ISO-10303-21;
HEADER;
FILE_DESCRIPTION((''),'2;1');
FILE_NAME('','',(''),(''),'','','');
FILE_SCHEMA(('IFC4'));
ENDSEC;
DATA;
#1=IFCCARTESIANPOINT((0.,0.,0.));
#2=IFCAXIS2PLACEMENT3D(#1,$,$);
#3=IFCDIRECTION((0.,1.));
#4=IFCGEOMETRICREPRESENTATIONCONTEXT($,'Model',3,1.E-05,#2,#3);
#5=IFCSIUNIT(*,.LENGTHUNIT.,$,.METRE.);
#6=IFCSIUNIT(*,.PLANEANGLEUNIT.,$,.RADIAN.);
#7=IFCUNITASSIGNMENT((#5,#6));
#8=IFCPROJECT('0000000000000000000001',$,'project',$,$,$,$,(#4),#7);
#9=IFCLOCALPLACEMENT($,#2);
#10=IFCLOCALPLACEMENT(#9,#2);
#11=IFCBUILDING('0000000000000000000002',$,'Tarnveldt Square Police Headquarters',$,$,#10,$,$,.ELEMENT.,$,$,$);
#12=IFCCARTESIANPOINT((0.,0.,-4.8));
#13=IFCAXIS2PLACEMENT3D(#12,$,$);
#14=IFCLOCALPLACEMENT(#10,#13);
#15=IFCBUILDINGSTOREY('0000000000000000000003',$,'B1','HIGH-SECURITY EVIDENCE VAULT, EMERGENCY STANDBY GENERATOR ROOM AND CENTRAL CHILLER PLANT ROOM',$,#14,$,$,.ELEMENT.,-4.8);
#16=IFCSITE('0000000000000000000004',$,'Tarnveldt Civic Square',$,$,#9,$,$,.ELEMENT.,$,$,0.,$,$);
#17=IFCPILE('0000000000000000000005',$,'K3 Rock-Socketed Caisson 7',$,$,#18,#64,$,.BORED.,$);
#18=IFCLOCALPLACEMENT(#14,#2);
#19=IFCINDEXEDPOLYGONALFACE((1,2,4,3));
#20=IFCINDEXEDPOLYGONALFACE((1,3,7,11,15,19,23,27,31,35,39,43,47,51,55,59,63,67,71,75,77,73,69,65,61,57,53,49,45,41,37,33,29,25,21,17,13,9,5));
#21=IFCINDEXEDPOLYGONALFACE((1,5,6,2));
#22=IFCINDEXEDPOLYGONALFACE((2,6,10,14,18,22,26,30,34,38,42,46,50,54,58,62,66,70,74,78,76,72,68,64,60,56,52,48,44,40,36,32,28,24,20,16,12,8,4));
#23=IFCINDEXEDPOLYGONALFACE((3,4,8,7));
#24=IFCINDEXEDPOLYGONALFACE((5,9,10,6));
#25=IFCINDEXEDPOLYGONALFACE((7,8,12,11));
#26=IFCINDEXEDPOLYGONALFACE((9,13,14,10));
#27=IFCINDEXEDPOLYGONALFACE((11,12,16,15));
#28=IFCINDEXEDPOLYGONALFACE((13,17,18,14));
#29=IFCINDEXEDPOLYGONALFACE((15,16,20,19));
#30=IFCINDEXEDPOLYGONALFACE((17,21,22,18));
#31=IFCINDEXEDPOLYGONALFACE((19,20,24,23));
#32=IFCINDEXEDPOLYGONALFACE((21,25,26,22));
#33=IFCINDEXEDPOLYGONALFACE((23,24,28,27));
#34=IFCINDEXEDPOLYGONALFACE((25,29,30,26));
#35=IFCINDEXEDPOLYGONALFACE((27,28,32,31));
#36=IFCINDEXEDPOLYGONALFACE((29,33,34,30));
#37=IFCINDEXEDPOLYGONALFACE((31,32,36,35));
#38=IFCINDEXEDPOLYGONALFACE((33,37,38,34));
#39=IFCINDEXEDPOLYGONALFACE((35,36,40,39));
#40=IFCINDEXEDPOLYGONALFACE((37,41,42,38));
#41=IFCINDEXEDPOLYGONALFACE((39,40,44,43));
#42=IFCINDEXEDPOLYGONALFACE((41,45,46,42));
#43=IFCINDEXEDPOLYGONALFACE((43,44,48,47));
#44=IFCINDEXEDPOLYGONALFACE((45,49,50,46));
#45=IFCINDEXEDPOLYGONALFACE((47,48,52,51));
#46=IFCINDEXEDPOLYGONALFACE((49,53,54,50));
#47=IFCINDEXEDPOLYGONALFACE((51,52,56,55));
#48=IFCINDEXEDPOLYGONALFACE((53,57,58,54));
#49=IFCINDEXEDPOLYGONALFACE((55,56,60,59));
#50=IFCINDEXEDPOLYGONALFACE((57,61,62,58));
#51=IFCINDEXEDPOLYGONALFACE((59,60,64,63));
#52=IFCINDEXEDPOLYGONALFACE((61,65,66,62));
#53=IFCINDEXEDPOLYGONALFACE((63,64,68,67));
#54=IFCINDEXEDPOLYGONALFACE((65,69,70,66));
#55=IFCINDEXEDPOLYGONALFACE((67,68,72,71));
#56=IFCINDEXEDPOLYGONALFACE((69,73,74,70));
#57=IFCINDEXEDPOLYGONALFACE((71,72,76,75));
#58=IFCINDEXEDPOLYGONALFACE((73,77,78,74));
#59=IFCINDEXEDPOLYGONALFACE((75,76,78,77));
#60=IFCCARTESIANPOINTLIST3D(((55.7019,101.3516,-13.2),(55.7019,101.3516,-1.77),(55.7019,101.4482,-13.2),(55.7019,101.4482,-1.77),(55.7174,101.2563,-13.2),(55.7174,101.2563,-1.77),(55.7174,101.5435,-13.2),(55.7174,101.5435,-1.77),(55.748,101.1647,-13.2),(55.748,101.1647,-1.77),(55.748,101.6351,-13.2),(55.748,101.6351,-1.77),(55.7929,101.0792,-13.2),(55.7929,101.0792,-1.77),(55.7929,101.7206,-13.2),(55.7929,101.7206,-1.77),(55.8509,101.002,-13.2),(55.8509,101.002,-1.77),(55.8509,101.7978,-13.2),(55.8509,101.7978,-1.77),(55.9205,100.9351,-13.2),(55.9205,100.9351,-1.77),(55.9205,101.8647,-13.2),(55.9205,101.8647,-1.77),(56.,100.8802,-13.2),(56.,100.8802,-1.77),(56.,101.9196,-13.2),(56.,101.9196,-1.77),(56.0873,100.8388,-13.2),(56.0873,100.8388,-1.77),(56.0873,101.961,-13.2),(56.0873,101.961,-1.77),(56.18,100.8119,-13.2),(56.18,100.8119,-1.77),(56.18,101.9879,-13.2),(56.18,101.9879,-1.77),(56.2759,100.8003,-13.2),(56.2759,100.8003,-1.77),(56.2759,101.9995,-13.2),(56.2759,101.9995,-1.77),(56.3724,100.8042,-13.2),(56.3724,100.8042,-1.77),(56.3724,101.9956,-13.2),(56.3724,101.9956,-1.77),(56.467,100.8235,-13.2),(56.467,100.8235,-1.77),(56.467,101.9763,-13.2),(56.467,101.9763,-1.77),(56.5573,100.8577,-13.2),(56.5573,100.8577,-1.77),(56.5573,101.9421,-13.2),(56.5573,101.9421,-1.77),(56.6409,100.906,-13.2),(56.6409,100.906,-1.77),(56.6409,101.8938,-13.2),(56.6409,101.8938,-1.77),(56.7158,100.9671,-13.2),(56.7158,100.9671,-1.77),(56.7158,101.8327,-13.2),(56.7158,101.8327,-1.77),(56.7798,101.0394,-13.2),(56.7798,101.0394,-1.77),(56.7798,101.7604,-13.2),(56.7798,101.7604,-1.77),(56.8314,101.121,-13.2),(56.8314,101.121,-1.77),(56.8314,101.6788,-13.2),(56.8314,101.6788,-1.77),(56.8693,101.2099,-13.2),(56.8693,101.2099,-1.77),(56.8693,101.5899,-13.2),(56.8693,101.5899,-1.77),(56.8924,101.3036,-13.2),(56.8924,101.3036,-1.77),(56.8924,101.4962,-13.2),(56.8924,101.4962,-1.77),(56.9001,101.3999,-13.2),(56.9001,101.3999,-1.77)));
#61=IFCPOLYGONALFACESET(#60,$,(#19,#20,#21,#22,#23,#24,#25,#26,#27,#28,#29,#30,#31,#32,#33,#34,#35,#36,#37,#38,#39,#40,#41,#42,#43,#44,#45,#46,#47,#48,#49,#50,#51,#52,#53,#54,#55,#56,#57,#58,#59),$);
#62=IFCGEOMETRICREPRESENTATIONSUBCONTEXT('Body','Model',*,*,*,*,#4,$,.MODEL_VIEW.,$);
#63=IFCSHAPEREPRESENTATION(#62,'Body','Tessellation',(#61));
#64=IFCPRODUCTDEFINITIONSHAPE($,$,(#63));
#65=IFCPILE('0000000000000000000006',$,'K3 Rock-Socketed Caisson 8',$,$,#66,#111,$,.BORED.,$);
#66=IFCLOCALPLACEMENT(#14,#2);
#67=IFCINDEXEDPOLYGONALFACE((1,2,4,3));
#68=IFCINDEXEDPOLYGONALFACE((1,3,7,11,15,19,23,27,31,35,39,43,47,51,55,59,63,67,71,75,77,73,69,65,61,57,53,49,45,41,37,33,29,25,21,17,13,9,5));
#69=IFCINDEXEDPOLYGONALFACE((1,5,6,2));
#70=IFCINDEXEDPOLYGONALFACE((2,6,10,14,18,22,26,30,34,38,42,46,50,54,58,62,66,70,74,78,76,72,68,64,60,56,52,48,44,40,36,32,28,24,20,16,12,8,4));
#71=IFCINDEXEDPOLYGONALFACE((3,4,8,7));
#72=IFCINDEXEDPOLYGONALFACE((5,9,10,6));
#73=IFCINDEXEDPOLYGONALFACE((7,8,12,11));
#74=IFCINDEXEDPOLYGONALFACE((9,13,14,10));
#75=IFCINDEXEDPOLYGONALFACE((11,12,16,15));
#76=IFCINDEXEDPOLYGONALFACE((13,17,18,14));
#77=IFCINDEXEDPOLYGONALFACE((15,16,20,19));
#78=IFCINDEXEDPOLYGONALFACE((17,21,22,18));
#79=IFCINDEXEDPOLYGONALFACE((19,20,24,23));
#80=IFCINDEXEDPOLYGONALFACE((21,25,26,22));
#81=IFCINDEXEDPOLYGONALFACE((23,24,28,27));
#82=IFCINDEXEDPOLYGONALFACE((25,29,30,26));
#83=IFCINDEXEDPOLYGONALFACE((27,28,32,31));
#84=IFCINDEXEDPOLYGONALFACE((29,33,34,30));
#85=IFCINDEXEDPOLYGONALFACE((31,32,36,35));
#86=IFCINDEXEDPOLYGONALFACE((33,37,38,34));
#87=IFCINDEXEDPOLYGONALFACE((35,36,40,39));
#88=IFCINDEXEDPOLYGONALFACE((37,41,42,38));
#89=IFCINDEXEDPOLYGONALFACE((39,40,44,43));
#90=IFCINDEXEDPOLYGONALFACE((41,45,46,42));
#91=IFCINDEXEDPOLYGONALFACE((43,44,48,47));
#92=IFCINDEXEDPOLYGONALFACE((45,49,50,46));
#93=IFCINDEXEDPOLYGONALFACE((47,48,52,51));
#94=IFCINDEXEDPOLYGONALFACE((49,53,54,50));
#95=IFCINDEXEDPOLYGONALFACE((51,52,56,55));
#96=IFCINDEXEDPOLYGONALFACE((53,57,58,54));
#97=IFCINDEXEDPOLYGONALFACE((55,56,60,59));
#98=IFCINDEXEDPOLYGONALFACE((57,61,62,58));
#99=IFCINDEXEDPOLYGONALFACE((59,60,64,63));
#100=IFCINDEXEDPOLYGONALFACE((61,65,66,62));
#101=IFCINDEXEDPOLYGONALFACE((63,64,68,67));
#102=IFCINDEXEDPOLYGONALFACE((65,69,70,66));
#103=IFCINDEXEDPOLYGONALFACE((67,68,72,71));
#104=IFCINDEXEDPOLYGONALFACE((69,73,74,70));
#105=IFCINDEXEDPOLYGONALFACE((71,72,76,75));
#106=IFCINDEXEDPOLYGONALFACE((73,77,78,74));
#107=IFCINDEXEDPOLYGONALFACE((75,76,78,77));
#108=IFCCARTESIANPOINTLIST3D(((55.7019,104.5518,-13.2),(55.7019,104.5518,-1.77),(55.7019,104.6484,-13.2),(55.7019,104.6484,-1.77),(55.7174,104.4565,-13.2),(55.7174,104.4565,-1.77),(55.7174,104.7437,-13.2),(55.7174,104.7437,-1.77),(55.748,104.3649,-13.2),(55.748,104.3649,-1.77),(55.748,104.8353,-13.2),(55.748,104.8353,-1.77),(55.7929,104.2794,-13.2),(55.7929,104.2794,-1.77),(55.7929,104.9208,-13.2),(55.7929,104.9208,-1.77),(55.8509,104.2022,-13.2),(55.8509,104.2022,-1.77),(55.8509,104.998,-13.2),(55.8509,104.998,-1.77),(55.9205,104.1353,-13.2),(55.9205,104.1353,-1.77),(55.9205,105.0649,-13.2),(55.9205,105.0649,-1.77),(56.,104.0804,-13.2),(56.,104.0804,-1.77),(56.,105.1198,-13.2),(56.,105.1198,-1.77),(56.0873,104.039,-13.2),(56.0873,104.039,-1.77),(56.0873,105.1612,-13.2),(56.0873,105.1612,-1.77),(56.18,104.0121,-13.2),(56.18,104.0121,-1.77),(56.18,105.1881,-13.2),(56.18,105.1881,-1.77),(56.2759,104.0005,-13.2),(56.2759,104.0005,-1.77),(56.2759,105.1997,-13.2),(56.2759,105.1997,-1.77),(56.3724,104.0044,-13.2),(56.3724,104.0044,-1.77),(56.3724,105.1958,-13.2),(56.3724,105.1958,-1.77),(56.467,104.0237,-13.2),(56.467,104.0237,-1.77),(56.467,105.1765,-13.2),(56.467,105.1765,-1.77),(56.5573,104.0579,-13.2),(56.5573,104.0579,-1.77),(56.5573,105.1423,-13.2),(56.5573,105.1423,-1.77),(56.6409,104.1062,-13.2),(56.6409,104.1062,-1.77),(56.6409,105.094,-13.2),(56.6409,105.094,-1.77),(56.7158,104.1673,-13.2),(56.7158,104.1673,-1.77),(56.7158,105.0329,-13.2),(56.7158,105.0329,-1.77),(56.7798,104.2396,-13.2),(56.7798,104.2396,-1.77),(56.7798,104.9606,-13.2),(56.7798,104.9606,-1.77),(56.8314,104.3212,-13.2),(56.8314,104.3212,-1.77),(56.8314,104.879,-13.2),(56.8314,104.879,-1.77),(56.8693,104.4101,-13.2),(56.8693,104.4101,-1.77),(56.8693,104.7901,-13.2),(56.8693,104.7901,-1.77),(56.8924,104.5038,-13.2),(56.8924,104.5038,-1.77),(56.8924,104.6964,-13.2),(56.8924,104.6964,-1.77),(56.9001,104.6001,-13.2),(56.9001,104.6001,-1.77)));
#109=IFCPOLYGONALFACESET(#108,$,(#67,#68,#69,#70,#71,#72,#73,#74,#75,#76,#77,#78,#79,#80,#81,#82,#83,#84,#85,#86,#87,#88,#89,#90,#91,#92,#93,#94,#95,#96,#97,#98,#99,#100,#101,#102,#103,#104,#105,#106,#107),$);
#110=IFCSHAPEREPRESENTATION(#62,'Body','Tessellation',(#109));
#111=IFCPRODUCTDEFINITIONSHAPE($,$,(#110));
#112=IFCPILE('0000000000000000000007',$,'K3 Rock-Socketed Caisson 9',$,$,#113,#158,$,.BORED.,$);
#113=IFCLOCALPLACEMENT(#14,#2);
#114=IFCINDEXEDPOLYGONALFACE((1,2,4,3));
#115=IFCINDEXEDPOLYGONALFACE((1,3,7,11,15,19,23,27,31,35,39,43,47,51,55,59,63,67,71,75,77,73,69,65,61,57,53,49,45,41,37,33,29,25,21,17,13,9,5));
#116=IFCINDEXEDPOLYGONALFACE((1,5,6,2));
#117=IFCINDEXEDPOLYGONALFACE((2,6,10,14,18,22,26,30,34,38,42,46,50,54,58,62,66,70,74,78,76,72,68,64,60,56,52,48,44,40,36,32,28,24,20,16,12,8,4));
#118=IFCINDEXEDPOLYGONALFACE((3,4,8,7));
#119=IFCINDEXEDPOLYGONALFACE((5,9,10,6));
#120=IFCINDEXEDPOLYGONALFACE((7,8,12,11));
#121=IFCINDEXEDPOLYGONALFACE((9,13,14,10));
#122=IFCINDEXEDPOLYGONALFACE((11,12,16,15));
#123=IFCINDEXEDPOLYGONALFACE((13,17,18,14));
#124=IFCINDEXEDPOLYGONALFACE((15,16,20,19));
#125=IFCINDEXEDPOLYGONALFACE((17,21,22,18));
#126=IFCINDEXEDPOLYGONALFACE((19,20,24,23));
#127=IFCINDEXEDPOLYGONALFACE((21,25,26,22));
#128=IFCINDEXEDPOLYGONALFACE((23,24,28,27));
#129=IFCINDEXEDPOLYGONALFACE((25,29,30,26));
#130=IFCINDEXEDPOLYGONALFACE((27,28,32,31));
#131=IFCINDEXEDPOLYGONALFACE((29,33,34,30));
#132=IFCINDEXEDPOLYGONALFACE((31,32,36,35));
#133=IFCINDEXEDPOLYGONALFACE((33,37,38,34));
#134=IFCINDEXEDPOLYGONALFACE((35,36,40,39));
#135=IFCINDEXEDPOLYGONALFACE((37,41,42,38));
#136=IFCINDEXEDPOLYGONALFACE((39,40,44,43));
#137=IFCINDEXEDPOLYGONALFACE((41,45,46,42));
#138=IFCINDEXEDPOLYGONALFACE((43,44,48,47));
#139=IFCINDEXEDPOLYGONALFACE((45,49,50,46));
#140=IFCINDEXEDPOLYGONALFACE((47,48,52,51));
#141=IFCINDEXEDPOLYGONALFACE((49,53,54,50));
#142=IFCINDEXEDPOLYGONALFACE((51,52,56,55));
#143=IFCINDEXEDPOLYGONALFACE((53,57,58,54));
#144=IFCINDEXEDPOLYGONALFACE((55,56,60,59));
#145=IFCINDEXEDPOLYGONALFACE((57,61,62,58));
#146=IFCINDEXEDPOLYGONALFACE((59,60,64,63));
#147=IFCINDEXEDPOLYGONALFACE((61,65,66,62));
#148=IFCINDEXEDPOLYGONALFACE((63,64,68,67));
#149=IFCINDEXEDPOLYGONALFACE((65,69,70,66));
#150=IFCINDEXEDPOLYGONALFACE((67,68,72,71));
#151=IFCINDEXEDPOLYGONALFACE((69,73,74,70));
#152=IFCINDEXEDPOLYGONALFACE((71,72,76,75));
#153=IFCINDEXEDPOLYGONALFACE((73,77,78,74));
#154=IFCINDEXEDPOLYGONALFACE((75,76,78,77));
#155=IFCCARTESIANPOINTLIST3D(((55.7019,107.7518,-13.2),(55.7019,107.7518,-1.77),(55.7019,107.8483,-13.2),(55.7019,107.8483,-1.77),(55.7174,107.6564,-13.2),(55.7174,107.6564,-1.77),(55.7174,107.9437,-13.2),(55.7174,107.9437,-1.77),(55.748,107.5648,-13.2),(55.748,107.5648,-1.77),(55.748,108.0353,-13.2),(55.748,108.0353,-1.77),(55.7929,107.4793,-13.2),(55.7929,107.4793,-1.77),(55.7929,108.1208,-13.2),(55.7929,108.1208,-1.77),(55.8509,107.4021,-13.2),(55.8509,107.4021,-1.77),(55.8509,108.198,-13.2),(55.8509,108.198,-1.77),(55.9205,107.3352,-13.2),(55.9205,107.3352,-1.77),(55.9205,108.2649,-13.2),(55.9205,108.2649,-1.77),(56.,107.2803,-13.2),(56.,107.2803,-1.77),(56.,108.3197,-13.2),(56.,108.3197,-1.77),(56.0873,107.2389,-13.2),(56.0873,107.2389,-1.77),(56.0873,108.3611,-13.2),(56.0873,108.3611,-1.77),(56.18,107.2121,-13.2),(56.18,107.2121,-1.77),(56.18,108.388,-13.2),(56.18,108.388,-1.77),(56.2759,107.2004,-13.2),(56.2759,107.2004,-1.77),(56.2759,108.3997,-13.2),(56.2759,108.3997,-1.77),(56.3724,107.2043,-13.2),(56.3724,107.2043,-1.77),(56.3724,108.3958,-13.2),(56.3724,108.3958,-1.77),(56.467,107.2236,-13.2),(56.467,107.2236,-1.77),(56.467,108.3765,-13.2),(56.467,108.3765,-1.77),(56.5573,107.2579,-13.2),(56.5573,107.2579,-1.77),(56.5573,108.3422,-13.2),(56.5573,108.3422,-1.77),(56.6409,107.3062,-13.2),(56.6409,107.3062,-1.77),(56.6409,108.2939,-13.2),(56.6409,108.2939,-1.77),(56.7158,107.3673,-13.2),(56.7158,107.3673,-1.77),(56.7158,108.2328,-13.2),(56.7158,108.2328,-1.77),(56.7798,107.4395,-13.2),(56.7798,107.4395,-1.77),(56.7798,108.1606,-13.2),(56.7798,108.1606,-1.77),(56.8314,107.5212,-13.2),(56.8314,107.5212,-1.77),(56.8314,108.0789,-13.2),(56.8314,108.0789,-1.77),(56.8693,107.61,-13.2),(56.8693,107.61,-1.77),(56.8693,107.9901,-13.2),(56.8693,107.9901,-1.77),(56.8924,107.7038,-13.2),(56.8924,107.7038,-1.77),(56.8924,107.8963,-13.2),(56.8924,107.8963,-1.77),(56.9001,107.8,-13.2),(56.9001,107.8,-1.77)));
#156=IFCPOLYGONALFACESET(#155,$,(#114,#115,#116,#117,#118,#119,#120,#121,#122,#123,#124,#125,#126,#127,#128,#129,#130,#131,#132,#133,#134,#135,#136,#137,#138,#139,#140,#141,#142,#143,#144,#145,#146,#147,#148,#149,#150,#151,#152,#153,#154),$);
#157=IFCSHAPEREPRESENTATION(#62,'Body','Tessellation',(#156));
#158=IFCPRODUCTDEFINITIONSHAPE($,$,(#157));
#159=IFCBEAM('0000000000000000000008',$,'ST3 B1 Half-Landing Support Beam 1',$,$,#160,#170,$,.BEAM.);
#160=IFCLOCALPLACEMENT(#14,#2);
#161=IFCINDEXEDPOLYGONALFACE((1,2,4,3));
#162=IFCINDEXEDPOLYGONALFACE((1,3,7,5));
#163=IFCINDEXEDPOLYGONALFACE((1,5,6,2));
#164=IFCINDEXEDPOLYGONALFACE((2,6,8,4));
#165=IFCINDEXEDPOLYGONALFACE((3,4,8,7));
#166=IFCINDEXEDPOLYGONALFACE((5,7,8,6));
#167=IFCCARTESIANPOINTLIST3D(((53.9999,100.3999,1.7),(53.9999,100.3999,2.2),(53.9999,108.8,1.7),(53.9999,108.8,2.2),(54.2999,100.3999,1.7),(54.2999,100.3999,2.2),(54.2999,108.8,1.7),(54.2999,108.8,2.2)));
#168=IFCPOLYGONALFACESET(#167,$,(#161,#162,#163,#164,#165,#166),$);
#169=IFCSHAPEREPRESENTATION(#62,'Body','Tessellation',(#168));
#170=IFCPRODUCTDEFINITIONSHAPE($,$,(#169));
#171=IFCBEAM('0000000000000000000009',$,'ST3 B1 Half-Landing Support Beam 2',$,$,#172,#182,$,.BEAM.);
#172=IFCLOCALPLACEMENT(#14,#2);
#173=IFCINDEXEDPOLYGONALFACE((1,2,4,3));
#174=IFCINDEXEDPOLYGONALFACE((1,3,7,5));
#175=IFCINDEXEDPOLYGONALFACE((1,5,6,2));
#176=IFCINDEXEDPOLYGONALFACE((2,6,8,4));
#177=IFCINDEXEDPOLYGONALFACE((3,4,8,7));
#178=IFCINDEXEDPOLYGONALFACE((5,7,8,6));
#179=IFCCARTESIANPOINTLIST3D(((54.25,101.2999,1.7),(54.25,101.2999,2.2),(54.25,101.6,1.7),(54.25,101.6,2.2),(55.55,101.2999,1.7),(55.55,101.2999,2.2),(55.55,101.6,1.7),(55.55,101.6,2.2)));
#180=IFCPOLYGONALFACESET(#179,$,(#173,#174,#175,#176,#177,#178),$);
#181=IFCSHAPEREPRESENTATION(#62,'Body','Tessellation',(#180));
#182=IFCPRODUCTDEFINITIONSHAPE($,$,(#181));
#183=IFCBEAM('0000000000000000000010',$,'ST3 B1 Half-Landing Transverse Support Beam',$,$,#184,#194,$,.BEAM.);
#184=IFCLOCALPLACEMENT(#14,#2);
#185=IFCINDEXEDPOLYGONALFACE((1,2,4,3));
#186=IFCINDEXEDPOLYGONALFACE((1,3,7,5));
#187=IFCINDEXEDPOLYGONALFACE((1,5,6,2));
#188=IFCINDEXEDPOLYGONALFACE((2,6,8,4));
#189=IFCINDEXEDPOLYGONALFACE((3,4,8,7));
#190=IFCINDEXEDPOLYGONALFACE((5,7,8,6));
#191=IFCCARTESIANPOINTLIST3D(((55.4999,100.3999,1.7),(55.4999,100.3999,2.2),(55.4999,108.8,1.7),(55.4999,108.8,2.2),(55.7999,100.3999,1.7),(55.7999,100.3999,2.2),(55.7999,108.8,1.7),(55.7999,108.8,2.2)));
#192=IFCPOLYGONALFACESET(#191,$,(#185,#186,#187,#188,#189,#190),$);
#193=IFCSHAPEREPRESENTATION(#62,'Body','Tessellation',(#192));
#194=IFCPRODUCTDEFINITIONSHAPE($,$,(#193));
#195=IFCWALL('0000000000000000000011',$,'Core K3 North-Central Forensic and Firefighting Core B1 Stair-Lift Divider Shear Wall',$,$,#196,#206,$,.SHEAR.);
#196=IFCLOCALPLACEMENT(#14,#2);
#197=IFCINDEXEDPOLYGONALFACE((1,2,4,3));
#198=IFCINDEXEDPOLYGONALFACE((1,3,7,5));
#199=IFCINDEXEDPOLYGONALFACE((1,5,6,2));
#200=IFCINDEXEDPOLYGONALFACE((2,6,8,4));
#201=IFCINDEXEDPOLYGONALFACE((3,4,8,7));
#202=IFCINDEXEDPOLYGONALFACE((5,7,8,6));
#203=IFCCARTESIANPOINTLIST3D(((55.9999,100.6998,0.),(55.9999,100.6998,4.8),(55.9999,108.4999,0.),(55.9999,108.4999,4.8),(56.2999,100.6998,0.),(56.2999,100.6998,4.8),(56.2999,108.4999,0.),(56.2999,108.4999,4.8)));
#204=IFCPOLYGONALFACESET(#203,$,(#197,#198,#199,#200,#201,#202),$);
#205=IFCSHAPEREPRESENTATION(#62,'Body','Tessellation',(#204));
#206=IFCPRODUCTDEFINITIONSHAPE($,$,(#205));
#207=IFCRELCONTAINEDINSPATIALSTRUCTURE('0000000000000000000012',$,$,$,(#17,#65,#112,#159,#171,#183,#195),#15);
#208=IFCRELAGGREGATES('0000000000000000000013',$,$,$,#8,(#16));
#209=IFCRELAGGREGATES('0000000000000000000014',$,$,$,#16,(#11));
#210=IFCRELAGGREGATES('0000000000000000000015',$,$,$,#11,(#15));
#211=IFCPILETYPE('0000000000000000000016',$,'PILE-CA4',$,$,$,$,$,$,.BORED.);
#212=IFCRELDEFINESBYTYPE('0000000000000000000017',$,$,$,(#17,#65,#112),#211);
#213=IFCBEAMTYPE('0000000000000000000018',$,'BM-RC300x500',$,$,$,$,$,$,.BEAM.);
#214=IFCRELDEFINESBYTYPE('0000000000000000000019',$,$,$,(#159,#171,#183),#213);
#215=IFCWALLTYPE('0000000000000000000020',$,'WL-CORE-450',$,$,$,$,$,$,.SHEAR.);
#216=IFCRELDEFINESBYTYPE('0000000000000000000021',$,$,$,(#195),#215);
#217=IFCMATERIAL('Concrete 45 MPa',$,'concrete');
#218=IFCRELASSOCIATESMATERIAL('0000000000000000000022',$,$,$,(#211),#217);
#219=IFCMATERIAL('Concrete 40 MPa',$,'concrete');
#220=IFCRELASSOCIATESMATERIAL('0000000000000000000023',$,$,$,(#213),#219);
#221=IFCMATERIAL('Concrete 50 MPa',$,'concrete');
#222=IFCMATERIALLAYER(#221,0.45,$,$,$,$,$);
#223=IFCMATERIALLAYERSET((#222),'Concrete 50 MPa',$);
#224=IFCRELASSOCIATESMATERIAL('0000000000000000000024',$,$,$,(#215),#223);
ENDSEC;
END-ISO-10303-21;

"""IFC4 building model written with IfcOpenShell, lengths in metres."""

from ifc_helpers import new_model, si_unit, direction, frame, frame_2d, origin, origin_2d, place, context, subcontext, project, spatial, rectangle, circle, extrude, material, layer, layer_set, material_profile, profile_set, type_object, element, save


model = new_model("IFC4")

# Units and contexts
model_context = context("Model", 3, precision=1e-05, world=origin(), true_north=direction((0.0, 1.0)))
body_context = subcontext(model_context, "Body", "Model", "MODEL_VIEW")
ifc_project = project(units=[si_unit("LENGTHUNIT", "METRE"), si_unit("PLANEANGLEUNIT", "RADIAN")], contexts=[model_context])

# Site, building, storey
site_placement = place(None, origin())
site = spatial("IfcSite", under=ifc_project, at=site_placement, Name="Tarnveldt Civic Square", CompositionType="ELEMENT", RefElevation=0.0)
building_placement = place(site_placement, origin())
building = spatial("IfcBuilding", under=site, at=building_placement, Name="Tarnveldt Square Police Headquarters", CompositionType="ELEMENT")
storey_placement = place(building_placement, frame((0.0, 0.0, -4.8)))
storey = spatial("IfcBuildingStorey", under=building, at=storey_placement, Name="B1", Description="HIGH-SECURITY EVIDENCE VAULT, EMERGENCY STANDBY GENERATOR ROOM AND CENTRAL CHILLER PLANT ROOM", CompositionType="ELEMENT", Elevation=-4.8)

# Shared definitions
ifc_material_1 = material(Name="Concrete 45 MPa", Category="concrete")

# Piles
ifc_material_profile_1 = material_profile(ifc_material_1, circle(Radius=0.6001, at=origin_2d()), Name="CAISSON-D1200")
ifc_profile_set_1 = profile_set([ifc_material_profile_1], Name="Concrete 45 MPa")
pile_type_1 = type_object("IfcPileType", Name="PILE-CA4", PredefinedType="BORED", material=ifc_profile_set_1)
for number, where, z_axis, x_axis, name in (
    (1, (56.3, 101.3999, -1.77), (0.0, 0.0, -1.0), (1.0, 0.0, 0.0), "K3 Rock-Socketed Caisson 7"),
    (2, (56.3, 104.6001, -1.77), (0.0, 0.0, -1.0), (1.0, 0.0, 0.0), "K3 Rock-Socketed Caisson 8"),
    (3, (56.3, 107.8, -1.77), (0.0, 0.0, -1.0), (1.0, 0.0, 0.0), "K3 Rock-Socketed Caisson 9"),
):
    element("IfcPile", number, at=place(storey_placement, frame(where, z_axis=z_axis, x_axis=x_axis)), inside=storey, type_object=pile_type_1, Name=name, PredefinedType="BORED", context=body_context, shape_type="SweptSolid", body=[
        extrude(circle(Radius=0.6001, at=origin_2d()), origin(), (0.0, 0.0, 1.0), 11.4299),
    ])

# Beams
ifc_material_2 = material(Name="Concrete 40 MPa", Category="concrete")
ifc_material_profile_2 = material_profile(ifc_material_2, rectangle(XDim=0.3, YDim=0.5, at=origin_2d()), Name="RC-B300x500")
ifc_profile_set_2 = profile_set([ifc_material_profile_2], Name="Concrete 40 MPa")
beam_type = type_object("IfcBeamType", Name="BM-RC300x500", PredefinedType="BEAM", material=ifc_profile_set_2)
beam_1_placement = place(storey_placement, frame((54.1499, 100.3999, 1.95), z_axis=(0.0, 1.0, 0.0), x_axis=(-1.0, 0.0, 0.0)))
element("IfcBeam", 4, at=beam_1_placement, inside=storey, type_object=beam_type, Name="ST3 B1 Half-Landing Support Beam 1", PredefinedType="BEAM", context=body_context, shape_type="SweptSolid", body=[
    extrude(rectangle(XDim=0.3, YDim=0.5, at=origin_2d()), origin(), (0.0, 0.0, 1.0), 8.4001),
])
beam_2_placement = place(storey_placement, frame((54.25, 101.45, 1.95), z_axis=(1.0, 0.0, 0.0), x_axis=(0.0, 1.0, 0.0)))
element("IfcBeam", 5, at=beam_2_placement, inside=storey, type_object=beam_type, Name="ST3 B1 Half-Landing Support Beam 2", PredefinedType="BEAM", context=body_context, shape_type="SweptSolid", body=[
    extrude(rectangle(XDim=0.3, YDim=0.5, at=origin_2d()), origin(), (0.0, 0.0, 1.0), 1.3),
])
beam_3_placement = place(storey_placement, frame((55.6499, 100.3999, 1.95), z_axis=(0.0, 1.0, 0.0), x_axis=(-1.0, 0.0, 0.0)))
element("IfcBeam", 6, at=beam_3_placement, inside=storey, type_object=beam_type, Name="ST3 B1 Half-Landing Transverse Support Beam", PredefinedType="BEAM", context=body_context, shape_type="SweptSolid", body=[
    extrude(rectangle(XDim=0.3, YDim=0.5, at=origin_2d()), origin(), (0.0, 0.0, 1.0), 8.4001),
])

# Wall
ifc_material_3 = material(Name="Concrete 50 MPa", Category="concrete")
ifc_layer_1 = layer(ifc_material_3, 0.45)
ifc_layer_set_1 = layer_set([ifc_layer_1], Name="Concrete 50 MPa")
wall_type_1 = type_object("IfcWallType", Name="WL-CORE-450", PredefinedType="SHEAR", material=ifc_layer_set_1)
wall_1_placement = place(storey_placement, frame((56.1499, 100.7, 0.0), z_axis=(0.0, 0.0, 1.0), x_axis=(0.0, 1.0, 0.0)))
element("IfcWall", 7, at=wall_1_placement, inside=storey, type_object=wall_type_1, Name="Core K3 North-Central Forensic and Firefighting Core B1 Stair-Lift Divider Shear Wall", PredefinedType="SHEAR", context=body_context, shape_type="SweptSolid", body=[
    extrude(rectangle(XDim=7.8, YDim=0.3, at=frame_2d((3.8999, 0.0))), origin(), (0.0, 0.0, 1.0), 4.8),
])

save(model, "model.ifc")
